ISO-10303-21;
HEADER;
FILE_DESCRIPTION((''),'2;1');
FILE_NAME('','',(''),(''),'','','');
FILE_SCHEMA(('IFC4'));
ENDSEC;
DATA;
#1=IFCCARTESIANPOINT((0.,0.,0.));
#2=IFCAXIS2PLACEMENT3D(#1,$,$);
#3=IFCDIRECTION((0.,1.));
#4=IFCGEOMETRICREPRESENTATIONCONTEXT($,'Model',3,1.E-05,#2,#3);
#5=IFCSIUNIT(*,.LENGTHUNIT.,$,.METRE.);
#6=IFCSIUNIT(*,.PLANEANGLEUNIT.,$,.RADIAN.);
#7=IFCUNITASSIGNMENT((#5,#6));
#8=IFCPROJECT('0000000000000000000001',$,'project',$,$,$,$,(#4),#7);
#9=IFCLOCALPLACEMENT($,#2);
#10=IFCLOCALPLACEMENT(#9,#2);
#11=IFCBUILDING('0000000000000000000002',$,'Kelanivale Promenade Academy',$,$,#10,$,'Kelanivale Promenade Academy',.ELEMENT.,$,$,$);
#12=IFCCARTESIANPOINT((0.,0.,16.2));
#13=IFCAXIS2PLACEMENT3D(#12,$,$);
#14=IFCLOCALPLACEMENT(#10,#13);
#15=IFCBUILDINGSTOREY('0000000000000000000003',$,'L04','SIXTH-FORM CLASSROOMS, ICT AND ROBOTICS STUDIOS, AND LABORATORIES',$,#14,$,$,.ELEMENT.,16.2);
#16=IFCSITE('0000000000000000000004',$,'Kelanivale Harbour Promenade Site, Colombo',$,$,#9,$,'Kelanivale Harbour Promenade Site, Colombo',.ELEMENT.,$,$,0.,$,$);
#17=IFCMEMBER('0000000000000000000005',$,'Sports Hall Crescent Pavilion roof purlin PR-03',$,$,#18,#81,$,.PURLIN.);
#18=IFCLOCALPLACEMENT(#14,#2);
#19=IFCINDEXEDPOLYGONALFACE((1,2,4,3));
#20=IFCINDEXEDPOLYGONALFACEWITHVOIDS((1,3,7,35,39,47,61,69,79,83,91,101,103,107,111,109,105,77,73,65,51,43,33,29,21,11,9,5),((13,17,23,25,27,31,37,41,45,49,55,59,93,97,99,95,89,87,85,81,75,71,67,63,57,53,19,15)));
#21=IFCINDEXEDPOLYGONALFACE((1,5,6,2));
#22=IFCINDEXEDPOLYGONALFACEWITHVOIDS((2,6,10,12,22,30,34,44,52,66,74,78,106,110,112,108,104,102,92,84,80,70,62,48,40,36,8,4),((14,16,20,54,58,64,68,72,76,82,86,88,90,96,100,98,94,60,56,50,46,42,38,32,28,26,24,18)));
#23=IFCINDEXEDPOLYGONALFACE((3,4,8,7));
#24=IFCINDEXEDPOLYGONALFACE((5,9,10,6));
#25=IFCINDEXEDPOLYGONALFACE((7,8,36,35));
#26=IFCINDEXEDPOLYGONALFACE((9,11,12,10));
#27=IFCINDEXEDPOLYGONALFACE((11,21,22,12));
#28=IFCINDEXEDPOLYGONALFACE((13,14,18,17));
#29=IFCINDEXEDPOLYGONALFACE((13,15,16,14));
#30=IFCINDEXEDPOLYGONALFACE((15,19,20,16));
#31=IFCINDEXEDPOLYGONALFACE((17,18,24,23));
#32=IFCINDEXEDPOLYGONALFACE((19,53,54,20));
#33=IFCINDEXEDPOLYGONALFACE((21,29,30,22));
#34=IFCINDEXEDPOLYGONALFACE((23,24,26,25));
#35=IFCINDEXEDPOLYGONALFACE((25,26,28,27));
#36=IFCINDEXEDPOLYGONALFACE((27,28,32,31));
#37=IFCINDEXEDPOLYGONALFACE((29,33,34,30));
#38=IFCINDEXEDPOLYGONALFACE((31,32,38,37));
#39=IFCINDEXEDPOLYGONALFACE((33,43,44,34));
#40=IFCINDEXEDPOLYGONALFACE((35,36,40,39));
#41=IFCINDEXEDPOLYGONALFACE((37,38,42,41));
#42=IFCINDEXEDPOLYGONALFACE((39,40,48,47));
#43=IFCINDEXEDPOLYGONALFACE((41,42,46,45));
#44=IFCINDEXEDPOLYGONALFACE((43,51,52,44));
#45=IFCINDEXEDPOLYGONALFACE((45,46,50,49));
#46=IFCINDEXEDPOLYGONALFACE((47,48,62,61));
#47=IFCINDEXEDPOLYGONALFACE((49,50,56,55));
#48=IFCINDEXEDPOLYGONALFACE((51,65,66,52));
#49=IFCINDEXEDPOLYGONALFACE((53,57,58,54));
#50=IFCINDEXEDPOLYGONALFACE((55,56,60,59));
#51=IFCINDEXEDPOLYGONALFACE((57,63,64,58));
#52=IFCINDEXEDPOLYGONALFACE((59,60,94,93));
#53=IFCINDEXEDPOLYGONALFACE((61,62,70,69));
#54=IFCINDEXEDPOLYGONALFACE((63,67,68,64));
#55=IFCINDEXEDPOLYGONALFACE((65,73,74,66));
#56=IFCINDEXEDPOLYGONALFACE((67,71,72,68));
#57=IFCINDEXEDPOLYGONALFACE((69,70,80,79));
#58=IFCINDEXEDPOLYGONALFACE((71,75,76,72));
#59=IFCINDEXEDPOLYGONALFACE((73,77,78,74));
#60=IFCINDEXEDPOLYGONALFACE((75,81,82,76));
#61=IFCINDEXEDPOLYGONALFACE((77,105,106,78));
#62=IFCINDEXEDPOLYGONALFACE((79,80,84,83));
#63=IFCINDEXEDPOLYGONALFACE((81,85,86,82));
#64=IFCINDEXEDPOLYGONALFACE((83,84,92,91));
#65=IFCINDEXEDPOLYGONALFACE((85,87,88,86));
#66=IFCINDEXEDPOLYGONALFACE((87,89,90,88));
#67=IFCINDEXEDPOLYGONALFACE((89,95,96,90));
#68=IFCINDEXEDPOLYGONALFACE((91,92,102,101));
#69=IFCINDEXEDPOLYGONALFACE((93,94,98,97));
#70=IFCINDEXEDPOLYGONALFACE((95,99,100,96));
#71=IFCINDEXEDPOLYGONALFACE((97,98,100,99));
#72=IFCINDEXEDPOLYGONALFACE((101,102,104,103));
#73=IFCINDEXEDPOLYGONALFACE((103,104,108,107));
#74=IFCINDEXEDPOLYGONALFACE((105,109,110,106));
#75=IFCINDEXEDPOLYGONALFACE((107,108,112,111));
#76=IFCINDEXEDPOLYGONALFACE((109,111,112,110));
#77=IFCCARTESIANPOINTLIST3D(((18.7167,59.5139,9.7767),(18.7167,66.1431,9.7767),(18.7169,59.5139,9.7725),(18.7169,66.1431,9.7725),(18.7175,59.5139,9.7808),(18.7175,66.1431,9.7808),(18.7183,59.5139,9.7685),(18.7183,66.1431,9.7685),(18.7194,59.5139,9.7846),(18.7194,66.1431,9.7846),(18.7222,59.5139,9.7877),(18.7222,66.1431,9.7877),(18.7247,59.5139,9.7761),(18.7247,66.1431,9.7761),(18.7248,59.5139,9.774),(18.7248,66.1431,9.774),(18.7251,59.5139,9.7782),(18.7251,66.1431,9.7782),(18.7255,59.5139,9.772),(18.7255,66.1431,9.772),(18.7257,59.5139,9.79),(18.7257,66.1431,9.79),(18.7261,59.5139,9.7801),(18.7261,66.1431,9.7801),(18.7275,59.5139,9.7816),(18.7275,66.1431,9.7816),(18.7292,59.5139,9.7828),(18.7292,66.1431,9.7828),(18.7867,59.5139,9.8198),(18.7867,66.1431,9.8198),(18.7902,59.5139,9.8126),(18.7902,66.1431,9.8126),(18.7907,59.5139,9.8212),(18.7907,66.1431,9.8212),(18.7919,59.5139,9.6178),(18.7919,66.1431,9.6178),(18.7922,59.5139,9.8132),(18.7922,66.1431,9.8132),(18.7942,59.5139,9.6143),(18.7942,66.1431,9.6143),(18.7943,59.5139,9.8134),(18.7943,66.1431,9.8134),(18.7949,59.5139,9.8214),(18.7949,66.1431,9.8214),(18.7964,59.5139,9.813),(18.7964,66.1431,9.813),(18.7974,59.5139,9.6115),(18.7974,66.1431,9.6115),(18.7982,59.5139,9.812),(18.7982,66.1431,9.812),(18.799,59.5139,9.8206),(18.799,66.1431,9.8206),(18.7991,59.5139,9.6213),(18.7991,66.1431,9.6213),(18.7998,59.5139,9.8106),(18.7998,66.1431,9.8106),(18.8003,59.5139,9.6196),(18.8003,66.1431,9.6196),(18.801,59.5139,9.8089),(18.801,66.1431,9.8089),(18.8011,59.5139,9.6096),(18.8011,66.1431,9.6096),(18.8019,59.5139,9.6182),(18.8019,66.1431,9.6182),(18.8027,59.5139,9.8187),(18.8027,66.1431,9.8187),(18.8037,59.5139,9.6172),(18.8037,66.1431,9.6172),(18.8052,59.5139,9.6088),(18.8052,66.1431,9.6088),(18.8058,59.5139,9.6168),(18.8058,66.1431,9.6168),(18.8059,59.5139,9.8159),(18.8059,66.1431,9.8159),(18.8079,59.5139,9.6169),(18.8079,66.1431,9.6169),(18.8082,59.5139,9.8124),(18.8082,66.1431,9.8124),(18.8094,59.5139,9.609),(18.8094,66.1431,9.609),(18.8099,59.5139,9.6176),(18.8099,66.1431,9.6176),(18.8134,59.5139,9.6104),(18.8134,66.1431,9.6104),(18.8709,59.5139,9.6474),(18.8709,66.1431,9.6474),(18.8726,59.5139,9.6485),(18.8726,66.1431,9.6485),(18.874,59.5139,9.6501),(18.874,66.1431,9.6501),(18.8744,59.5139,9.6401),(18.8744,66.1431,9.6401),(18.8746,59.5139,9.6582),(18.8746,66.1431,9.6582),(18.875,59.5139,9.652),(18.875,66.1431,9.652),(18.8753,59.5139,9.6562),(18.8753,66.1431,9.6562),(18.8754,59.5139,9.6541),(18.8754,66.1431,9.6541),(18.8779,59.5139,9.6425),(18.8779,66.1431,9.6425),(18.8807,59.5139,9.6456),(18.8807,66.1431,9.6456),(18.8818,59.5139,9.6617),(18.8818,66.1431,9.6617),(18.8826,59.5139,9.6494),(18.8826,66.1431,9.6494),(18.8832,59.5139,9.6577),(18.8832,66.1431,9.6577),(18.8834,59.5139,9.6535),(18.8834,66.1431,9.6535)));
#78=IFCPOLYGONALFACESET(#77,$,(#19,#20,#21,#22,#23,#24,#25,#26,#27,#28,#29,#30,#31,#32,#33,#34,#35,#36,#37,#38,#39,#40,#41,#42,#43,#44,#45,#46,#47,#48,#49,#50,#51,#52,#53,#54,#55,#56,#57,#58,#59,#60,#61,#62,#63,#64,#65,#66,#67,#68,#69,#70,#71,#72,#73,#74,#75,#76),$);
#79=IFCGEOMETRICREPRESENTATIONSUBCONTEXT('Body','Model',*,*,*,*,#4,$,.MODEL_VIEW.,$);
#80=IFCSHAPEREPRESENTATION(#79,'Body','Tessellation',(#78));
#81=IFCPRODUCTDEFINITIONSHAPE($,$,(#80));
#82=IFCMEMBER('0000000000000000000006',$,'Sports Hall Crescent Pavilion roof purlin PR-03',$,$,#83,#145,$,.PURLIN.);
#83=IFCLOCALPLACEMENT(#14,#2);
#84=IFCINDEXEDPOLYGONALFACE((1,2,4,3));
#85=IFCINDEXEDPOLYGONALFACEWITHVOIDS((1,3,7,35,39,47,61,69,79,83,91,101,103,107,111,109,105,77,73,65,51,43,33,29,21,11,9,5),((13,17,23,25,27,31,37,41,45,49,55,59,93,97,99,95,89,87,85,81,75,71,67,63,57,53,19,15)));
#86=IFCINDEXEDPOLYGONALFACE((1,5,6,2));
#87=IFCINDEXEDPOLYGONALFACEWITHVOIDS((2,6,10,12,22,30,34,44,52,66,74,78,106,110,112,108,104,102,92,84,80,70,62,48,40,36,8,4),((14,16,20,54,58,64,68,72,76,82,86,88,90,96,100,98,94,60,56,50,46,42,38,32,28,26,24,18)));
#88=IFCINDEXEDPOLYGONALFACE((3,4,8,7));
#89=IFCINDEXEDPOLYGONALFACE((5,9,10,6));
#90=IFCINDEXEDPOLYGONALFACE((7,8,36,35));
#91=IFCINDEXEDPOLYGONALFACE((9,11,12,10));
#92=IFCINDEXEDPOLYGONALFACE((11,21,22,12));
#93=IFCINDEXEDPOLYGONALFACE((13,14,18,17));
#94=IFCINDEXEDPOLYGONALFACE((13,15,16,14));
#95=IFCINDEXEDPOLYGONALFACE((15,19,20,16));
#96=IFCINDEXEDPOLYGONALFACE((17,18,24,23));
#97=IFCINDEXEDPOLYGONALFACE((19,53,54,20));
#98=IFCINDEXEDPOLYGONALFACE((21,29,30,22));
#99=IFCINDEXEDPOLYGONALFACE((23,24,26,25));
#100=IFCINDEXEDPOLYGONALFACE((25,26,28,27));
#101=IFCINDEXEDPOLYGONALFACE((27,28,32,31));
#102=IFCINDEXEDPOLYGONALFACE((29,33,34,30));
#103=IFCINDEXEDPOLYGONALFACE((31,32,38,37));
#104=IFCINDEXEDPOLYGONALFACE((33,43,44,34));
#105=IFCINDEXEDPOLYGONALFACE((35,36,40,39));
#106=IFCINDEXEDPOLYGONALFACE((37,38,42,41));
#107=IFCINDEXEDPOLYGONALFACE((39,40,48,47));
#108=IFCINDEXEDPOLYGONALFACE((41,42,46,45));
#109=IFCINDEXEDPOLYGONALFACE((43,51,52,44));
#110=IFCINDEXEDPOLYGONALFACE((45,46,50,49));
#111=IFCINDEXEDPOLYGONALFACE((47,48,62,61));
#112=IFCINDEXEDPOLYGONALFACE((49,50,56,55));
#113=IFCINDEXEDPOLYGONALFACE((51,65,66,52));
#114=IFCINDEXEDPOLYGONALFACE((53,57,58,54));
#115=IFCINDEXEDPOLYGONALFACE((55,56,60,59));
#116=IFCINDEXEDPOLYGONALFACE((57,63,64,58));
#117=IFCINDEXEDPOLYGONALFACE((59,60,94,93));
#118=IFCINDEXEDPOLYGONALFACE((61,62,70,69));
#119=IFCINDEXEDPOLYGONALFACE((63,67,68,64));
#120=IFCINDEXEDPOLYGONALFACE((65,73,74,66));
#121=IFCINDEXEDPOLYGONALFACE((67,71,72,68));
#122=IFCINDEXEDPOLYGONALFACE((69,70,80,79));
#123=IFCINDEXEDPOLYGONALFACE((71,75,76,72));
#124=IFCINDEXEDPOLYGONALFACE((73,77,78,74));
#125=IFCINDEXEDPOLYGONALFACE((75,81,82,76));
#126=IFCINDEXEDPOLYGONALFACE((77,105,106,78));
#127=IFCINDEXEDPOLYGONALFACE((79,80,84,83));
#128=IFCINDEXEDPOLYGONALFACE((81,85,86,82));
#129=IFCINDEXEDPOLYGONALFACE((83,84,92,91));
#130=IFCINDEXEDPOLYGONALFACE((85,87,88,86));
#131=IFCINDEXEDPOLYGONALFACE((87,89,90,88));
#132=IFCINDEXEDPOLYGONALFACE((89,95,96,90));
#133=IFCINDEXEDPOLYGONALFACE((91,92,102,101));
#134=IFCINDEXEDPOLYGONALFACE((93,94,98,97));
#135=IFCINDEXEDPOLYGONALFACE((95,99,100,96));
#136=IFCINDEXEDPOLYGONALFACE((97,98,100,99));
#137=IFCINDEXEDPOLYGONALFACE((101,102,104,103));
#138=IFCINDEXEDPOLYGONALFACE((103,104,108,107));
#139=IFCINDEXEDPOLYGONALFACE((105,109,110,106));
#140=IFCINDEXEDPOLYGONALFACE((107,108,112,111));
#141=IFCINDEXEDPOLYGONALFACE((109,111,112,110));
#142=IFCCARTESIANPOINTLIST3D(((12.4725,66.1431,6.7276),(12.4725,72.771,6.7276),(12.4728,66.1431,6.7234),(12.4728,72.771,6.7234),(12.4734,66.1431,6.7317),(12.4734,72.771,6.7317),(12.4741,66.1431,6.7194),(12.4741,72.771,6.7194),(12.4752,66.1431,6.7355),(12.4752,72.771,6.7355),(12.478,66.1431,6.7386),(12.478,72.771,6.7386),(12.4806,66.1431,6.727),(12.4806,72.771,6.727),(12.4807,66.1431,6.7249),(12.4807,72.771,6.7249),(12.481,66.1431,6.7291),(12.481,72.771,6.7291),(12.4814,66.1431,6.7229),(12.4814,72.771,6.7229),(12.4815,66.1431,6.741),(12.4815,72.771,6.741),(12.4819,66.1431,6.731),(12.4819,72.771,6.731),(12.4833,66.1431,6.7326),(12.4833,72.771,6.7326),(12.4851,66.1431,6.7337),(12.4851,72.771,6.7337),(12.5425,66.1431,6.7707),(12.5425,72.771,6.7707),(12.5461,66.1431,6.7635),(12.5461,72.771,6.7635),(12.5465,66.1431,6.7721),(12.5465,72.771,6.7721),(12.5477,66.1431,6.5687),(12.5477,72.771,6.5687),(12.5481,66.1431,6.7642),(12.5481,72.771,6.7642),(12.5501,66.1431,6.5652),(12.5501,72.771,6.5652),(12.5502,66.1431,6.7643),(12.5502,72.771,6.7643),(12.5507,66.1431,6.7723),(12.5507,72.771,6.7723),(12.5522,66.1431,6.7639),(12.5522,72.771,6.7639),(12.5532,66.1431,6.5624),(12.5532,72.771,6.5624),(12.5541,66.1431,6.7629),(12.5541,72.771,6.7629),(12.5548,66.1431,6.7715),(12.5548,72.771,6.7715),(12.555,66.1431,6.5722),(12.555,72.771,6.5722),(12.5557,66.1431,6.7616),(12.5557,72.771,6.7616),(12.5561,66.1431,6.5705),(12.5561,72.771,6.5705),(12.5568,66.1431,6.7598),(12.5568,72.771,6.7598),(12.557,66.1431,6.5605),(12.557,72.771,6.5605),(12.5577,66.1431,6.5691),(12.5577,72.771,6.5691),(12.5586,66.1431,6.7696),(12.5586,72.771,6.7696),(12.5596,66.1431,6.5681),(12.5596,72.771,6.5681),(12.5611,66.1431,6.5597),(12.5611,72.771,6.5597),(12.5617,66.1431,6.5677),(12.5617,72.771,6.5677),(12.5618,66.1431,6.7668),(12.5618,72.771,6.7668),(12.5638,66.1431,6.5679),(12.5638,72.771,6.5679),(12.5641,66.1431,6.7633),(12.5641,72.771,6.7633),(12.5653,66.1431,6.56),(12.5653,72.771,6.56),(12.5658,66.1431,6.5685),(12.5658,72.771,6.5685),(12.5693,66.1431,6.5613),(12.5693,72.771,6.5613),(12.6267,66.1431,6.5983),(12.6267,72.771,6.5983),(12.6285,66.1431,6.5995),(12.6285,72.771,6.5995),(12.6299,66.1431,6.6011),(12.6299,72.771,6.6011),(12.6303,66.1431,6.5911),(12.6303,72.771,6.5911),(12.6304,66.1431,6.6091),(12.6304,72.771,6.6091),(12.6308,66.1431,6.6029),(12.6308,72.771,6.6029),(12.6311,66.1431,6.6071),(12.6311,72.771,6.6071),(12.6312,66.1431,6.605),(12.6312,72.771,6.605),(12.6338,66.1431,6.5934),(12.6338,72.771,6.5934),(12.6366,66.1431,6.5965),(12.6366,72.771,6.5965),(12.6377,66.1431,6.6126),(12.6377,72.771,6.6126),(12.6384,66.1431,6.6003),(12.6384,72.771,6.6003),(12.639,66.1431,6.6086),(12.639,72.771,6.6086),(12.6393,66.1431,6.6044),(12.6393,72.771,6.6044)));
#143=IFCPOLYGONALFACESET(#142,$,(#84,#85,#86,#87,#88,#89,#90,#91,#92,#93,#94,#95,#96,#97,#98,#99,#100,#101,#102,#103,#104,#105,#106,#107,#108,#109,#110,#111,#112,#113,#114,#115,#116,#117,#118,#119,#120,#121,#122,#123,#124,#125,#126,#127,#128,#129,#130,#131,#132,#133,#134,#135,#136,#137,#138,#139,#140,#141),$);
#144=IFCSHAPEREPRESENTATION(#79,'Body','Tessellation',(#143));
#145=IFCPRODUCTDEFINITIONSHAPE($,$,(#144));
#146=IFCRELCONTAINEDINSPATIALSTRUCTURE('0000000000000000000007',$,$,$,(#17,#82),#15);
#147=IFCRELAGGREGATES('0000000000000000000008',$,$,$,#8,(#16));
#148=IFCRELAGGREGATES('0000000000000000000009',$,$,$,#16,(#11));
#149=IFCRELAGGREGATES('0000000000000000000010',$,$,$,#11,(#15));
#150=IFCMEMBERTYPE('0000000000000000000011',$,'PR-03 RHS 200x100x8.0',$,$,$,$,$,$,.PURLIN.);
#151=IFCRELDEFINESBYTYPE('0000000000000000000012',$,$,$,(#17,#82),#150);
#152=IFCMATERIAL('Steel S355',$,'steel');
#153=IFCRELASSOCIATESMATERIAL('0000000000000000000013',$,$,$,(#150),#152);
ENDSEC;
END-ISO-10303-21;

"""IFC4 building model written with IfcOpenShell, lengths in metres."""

from ifc_helpers import new_model, si_unit, direction, frame, origin, origin_2d, place, context, subcontext, project, spatial, hollow_rectangle, extrude, material, material_profile, profile_set, type_object, element, save


model = new_model("IFC4")

# Units and contexts
model_context = context("Model", 3, precision=1e-05, world=origin(), true_north=direction((0.0, 1.0)))
body_context = subcontext(model_context, "Body", "Model", "MODEL_VIEW")
ifc_project = project(units=[si_unit("LENGTHUNIT", "METRE"), si_unit("PLANEANGLEUNIT", "RADIAN")], contexts=[model_context])

# Site, building, storey
site_placement = place(None, origin())
site = spatial("IfcSite", under=ifc_project, at=site_placement, Name="Kelanivale Harbour Promenade Site, Colombo", LongName="Kelanivale Harbour Promenade Site, Colombo", CompositionType="ELEMENT", RefElevation=0.0)
building_placement = place(site_placement, origin())
building = spatial("IfcBuilding", under=site, at=building_placement, Name="Kelanivale Promenade Academy", LongName="Kelanivale Promenade Academy", CompositionType="ELEMENT")
storey_placement = place(building_placement, frame((0.0, 0.0, 16.2)))
storey = spatial("IfcBuildingStorey", under=building, at=storey_placement, Name="L04", Description="SIXTH-FORM CLASSROOMS, ICT AND ROBOTICS STUDIOS, AND LABORATORIES", CompositionType="ELEMENT", Elevation=16.2)

# Members
ifc_material_1 = material(Name="Steel S355", Category="steel")
ifc_material_profile_1 = material_profile(ifc_material_1, hollow_rectangle(XDim=0.1001, YDim=0.2, WallThickness=0.0081, InnerFilletRadius=0.0081, OuterFilletRadius=0.0161, at=origin_2d()), Name="RHS 200x100x8.0")
ifc_profile_set_1 = profile_set([ifc_material_profile_1], Name="Steel S355")
member_type_1 = type_object("IfcMemberType", Name="PR-03 RHS 200x100x8.0", PredefinedType="PURLIN", material=ifc_profile_set_1)
member_1_placement = place(storey_placement, frame((18.8, 59.5139, 9.7151), z_axis=(0.0, 1.0, 0.0), x_axis=(-0.898564, 0.0, -0.438842)))
element("IfcMember", 1, at=member_1_placement, inside=storey, type_object=member_type_1, Name="Sports Hall Crescent Pavilion roof purlin PR-03", PredefinedType="PURLIN", context=body_context, shape_type="SweptSolid", body=[
    extrude(hollow_rectangle(XDim=0.1001, YDim=0.2, WallThickness=0.0081, InnerFilletRadius=0.0081, OuterFilletRadius=0.0161, at=origin_2d()), origin(), (0.0, 0.0, 1.0), 6.6292),
])
member_2_placement = place(storey_placement, frame((12.5559, 66.1431, 6.666), z_axis=(0.0, 1.0, 0.0), x_axis=(-0.898564, 0.0, -0.438842)))
element("IfcMember", 2, at=member_2_placement, inside=storey, type_object=member_type_1, Name="Sports Hall Crescent Pavilion roof purlin PR-03", PredefinedType="PURLIN", context=body_context, shape_type="SweptSolid", body=[
    extrude(hollow_rectangle(XDim=0.1001, YDim=0.2, WallThickness=0.0081, InnerFilletRadius=0.0081, OuterFilletRadius=0.0161, at=origin_2d()), origin(), (0.0, 0.0, 1.0), 6.6279),
])

save(model, "model.ifc")
